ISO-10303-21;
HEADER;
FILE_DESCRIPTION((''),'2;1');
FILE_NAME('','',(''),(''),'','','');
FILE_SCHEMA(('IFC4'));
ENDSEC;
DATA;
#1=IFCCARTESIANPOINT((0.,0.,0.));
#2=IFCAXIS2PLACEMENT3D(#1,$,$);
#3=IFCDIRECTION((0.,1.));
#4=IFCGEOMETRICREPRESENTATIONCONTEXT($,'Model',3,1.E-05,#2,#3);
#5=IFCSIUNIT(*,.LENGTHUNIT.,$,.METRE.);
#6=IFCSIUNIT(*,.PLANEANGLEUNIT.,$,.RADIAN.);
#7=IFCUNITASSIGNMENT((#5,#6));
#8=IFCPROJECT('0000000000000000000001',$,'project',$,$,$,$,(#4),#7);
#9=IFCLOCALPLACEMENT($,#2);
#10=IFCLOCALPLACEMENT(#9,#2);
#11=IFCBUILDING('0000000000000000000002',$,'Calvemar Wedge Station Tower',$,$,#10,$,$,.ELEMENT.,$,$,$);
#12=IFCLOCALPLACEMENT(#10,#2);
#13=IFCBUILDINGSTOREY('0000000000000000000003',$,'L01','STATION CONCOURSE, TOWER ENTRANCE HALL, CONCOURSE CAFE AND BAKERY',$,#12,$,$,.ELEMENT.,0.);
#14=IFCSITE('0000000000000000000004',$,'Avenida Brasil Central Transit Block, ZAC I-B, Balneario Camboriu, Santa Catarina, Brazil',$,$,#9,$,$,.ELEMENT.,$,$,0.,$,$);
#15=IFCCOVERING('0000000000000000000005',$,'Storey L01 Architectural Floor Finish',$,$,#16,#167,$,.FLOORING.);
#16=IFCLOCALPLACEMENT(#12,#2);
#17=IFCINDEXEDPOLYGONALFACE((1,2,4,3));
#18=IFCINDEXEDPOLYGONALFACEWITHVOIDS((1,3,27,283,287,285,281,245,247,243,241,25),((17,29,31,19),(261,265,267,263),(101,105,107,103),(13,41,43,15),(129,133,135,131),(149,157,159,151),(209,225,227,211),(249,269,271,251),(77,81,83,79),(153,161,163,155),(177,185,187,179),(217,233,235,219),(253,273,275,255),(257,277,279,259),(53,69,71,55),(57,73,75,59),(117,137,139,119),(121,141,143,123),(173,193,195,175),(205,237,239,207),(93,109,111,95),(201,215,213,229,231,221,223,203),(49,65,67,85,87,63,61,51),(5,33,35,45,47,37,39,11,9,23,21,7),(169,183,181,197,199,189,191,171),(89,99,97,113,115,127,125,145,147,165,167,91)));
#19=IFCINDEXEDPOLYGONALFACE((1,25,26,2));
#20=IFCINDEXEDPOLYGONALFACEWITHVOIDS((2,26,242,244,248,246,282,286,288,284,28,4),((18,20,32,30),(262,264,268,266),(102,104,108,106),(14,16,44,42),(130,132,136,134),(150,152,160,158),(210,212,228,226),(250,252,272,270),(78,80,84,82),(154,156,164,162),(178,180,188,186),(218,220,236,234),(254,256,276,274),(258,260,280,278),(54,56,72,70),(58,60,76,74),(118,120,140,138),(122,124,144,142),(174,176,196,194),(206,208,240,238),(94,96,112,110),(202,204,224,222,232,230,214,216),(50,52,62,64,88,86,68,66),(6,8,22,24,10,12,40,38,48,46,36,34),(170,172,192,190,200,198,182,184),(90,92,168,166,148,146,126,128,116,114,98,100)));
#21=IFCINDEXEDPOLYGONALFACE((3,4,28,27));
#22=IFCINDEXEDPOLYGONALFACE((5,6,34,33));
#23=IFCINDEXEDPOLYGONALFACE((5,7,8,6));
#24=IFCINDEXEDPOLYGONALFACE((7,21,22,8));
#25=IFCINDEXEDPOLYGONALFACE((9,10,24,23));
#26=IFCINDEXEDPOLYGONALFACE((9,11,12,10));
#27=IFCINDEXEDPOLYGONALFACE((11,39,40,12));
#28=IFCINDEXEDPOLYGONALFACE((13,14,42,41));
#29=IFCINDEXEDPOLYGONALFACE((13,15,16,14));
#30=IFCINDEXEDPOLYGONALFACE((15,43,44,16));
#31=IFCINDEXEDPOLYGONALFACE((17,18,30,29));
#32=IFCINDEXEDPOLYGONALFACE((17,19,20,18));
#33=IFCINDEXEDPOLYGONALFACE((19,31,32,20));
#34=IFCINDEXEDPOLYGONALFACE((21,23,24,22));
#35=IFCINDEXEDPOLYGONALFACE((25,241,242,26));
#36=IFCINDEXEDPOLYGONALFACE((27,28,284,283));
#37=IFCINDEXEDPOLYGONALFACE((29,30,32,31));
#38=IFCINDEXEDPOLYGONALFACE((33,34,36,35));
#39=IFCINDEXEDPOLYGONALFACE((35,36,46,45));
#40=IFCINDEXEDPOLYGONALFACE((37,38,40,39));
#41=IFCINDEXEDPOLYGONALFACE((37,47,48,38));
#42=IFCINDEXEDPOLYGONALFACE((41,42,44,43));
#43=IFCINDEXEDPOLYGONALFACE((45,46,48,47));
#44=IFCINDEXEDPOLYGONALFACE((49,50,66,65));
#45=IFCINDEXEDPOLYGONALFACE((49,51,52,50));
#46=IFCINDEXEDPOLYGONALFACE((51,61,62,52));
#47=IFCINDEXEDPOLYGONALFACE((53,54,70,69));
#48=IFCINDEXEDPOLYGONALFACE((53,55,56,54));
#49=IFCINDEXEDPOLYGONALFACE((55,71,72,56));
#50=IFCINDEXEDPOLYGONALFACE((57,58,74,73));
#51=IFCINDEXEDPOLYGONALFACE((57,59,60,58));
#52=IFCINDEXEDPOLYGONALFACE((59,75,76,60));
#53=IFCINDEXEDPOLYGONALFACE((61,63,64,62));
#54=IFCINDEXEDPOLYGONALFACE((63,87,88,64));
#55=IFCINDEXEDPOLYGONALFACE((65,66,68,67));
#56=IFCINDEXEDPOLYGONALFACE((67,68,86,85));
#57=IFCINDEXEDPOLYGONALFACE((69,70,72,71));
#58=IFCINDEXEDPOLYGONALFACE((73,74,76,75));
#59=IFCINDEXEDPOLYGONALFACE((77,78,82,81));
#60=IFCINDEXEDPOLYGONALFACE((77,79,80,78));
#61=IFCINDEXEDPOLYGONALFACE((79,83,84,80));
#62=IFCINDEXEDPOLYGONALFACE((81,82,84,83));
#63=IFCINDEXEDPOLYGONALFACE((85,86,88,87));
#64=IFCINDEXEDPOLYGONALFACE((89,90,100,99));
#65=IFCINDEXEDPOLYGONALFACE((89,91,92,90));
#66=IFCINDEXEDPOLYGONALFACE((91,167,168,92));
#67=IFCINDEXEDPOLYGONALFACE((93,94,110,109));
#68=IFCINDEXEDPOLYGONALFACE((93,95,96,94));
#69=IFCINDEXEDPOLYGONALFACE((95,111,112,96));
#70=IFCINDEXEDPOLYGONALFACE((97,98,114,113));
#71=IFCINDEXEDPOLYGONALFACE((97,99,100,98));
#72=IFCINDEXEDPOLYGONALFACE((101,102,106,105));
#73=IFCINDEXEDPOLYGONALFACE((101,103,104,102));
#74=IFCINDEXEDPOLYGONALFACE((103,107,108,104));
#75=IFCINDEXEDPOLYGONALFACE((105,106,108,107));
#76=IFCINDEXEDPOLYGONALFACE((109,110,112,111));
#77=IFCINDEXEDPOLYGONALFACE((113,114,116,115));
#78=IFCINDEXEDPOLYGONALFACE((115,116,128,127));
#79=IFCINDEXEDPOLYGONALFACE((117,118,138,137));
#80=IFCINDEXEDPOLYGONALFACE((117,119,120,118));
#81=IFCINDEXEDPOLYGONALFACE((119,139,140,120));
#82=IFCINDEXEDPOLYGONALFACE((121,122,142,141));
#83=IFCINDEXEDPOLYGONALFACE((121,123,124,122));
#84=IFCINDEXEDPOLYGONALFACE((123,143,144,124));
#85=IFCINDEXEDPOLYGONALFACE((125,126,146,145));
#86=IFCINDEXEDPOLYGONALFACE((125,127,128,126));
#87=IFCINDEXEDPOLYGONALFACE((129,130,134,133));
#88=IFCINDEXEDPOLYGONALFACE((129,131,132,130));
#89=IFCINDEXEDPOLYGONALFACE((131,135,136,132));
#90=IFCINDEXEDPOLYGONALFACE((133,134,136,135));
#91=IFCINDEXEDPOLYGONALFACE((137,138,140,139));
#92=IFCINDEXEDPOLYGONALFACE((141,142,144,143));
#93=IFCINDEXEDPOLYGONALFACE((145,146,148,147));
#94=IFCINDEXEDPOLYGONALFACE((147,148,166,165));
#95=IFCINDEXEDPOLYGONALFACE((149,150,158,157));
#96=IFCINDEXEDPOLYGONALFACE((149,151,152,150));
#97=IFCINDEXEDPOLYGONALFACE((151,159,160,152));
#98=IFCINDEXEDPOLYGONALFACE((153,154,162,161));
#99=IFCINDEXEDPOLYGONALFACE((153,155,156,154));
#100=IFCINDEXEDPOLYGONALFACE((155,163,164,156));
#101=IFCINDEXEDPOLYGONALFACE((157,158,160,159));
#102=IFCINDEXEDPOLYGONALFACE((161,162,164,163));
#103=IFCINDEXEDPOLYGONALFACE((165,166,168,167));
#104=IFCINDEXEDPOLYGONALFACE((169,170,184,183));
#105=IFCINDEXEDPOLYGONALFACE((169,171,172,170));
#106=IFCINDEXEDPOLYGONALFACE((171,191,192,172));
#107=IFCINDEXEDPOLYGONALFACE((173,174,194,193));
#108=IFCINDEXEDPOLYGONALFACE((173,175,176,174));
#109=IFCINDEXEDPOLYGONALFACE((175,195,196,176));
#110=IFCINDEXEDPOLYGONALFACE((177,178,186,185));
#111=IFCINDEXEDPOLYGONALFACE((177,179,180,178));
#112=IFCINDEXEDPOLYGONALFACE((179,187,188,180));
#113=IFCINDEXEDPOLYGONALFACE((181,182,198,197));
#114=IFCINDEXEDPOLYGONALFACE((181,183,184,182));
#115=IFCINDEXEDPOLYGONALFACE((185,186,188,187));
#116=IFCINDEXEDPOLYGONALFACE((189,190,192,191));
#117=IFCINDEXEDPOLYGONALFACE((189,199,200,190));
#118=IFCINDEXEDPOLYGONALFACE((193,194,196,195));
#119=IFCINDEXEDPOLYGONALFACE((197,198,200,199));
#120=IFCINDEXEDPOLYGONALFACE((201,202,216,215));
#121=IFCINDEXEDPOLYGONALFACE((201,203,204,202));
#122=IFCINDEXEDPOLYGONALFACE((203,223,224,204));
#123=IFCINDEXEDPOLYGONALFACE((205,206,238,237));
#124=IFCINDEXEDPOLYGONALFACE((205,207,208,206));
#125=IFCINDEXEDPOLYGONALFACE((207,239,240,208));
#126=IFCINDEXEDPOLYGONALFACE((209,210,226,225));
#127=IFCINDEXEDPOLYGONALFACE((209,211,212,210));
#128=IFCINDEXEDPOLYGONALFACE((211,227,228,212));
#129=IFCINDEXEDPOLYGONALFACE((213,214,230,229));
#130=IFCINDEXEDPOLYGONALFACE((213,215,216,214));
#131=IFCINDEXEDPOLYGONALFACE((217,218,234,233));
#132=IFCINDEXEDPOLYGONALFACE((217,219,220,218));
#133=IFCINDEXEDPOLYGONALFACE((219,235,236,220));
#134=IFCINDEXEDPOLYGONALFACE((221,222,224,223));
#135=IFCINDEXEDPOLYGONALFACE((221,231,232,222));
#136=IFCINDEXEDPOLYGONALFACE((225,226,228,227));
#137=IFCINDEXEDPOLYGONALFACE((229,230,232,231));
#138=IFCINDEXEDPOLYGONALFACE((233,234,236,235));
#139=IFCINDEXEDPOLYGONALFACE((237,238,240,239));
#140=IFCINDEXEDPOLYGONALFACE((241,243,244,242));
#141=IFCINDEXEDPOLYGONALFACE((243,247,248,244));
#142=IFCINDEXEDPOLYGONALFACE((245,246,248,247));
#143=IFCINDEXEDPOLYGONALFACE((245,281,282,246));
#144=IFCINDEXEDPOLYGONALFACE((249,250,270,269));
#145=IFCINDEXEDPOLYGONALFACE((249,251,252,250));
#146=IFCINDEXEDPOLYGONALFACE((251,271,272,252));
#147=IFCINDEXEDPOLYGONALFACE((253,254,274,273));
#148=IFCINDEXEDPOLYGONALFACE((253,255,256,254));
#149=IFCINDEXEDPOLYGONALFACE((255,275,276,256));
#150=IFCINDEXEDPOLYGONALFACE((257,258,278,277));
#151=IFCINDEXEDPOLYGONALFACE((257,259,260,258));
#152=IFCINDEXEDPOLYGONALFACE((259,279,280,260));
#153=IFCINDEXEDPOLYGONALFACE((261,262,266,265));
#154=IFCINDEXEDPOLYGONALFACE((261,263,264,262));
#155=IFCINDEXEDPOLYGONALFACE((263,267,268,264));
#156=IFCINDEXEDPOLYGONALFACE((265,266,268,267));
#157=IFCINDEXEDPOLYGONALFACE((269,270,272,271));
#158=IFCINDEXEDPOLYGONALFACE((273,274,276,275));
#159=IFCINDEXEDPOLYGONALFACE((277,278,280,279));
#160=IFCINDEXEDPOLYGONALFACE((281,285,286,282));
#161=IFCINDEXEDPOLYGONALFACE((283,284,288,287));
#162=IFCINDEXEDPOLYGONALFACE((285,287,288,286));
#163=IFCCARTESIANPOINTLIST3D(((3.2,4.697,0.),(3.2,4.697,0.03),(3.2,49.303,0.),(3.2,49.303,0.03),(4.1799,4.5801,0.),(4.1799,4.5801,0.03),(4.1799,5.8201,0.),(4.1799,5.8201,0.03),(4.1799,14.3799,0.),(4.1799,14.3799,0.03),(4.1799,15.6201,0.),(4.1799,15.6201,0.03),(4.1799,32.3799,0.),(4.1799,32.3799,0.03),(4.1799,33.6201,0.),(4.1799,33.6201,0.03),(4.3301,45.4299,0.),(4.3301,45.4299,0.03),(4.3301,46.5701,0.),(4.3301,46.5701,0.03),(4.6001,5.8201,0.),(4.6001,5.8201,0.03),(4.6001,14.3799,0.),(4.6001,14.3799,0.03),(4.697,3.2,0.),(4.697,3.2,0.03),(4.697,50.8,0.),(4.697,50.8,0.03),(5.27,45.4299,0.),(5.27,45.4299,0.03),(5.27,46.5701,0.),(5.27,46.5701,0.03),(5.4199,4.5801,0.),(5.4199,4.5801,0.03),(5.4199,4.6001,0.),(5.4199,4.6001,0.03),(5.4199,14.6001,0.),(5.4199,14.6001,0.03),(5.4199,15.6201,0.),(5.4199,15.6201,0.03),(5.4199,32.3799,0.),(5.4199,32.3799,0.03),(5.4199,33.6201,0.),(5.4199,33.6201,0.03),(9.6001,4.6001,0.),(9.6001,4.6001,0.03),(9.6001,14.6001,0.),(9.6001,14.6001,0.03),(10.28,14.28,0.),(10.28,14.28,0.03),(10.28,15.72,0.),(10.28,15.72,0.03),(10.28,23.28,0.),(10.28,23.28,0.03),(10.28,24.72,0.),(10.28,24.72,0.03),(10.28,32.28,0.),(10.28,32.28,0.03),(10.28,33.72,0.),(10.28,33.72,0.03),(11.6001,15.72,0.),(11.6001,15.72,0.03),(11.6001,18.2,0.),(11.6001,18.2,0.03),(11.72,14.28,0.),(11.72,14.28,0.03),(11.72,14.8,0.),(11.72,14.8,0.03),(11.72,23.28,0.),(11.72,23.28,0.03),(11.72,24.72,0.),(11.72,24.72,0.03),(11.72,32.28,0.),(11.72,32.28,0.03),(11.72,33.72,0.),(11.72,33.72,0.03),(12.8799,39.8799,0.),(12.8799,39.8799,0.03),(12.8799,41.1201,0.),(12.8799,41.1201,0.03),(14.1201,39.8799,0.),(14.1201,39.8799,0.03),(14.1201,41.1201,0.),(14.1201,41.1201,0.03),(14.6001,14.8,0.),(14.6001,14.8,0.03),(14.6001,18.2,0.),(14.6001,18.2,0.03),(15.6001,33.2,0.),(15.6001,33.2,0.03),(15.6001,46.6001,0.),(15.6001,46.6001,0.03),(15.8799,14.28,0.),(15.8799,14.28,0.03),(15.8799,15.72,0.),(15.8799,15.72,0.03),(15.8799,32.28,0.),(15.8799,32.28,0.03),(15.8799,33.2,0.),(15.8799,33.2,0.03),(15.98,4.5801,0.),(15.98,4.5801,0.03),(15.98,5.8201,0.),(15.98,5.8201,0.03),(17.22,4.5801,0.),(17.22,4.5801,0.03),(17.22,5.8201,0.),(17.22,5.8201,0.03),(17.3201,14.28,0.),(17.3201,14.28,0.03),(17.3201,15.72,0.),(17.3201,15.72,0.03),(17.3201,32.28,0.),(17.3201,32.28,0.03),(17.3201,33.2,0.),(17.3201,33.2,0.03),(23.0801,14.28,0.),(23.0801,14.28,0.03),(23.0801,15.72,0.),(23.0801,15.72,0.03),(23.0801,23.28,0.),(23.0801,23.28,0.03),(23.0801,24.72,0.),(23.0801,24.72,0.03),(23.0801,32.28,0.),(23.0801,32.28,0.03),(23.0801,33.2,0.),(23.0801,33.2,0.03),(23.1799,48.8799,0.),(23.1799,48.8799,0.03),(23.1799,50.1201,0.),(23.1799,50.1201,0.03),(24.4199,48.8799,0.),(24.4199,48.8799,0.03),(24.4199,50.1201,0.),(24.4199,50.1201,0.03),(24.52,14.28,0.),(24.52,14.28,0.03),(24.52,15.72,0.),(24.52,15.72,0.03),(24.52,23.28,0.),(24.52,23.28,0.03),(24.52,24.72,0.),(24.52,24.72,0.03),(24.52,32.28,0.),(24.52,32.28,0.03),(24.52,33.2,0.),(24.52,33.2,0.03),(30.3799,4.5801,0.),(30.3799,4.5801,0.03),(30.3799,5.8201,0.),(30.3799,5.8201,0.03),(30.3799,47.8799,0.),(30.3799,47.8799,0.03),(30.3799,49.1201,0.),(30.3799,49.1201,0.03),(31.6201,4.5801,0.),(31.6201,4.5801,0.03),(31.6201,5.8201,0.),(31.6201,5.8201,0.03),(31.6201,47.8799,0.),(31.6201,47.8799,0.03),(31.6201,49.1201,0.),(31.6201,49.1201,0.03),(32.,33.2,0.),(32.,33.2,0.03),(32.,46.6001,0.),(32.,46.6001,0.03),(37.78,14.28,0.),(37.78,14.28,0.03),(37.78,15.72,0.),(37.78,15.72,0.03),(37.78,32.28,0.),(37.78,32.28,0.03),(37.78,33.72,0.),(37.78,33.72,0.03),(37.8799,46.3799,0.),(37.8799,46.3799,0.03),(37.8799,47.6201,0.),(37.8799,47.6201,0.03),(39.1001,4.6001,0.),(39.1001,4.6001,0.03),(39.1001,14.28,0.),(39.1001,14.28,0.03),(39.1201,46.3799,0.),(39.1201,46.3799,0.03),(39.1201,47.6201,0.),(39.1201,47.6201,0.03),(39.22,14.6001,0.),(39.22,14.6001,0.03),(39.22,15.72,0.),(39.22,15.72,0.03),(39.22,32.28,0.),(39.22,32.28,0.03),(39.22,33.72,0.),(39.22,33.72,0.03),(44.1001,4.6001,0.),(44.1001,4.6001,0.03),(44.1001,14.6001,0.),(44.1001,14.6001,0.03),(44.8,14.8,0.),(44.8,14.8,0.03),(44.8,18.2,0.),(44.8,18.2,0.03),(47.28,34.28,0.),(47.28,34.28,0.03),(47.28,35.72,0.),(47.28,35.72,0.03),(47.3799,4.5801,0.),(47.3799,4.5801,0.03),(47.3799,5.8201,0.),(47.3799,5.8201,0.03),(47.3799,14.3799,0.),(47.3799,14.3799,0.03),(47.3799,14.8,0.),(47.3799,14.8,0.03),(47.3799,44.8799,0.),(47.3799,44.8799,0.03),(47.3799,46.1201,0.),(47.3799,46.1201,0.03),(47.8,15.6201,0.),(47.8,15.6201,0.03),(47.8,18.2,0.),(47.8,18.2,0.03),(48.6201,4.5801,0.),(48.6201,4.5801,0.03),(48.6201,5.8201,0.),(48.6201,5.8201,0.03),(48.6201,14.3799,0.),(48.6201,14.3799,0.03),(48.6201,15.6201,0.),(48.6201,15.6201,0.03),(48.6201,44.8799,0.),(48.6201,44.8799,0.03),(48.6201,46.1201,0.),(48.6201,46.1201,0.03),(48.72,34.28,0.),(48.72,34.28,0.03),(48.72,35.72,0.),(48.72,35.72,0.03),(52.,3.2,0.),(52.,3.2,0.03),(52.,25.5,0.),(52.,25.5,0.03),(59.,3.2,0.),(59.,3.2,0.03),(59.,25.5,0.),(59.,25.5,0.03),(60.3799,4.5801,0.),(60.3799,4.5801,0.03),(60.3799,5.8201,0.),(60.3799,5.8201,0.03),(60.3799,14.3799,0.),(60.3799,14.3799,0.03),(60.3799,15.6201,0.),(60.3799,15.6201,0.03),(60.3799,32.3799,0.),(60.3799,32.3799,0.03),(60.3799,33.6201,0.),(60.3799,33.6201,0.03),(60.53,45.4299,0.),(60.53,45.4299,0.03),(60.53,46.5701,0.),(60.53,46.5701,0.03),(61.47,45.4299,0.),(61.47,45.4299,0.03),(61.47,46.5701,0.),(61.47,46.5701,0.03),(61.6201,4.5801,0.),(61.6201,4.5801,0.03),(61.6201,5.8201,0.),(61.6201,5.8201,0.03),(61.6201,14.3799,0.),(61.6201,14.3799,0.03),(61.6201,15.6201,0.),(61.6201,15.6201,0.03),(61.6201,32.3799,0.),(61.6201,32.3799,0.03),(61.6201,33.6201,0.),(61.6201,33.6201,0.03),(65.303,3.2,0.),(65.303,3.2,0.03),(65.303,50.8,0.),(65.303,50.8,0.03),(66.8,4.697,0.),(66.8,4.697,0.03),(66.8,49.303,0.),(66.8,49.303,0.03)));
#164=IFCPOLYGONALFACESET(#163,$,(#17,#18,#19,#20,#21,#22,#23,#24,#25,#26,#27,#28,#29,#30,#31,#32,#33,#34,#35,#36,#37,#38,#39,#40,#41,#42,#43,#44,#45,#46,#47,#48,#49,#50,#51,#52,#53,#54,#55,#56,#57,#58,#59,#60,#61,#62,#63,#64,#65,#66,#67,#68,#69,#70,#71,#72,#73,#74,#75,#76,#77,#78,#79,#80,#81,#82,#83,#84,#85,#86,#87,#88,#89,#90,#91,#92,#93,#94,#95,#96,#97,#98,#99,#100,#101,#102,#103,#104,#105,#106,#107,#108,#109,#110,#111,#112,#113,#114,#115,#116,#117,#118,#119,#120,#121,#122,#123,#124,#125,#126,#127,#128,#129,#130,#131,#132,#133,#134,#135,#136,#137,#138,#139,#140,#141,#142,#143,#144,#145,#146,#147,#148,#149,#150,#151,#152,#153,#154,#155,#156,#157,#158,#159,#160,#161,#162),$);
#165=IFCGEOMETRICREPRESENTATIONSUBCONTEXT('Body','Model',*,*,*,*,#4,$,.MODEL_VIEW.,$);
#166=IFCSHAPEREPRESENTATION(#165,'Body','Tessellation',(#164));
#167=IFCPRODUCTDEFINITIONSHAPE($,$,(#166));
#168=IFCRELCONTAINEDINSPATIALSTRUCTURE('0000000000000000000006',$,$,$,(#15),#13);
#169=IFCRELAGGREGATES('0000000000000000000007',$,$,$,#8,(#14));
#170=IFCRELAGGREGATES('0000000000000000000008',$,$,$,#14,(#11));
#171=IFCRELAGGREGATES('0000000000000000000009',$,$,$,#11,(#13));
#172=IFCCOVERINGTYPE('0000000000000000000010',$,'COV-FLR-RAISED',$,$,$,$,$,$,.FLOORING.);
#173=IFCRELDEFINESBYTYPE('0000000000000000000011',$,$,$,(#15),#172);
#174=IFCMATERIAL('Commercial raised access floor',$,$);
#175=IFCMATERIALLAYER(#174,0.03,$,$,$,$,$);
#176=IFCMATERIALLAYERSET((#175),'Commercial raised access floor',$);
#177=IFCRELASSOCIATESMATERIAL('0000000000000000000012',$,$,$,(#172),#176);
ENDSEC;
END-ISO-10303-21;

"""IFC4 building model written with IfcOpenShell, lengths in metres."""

from ifc_helpers import new_model, si_unit, direction, origin, place, context, subcontext, project, spatial, polyline, outline, extrude, material, layer, layer_set, type_object, element, save


model = new_model("IFC4")

# Units and contexts
model_context = context("Model", 3, precision=1e-05, world=origin(), true_north=direction((0.0, 1.0)))
body_context = subcontext(model_context, "Body", "Model", "MODEL_VIEW")
ifc_project = project(units=[si_unit("LENGTHUNIT", "METRE"), si_unit("PLANEANGLEUNIT", "RADIAN")], contexts=[model_context])

# Site, building, storey
site_placement = place(None, origin())
site = spatial("IfcSite", under=ifc_project, at=site_placement, Name="Avenida Brasil Central Transit Block, ZAC I-B, Balneario Camboriu, Santa Catarina, Brazil", CompositionType="ELEMENT", RefElevation=0.0)
building_placement = place(site_placement, origin())
building = spatial("IfcBuilding", under=site, at=building_placement, Name="Calvemar Wedge Station Tower", CompositionType="ELEMENT")
storey_placement = place(building_placement, origin())
storey = spatial("IfcBuildingStorey", under=building, at=storey_placement, Name="L01", Description="STATION CONCOURSE, TOWER ENTRANCE HALL, CONCOURSE CAFE AND BAKERY", CompositionType="ELEMENT", Elevation=0.0)

# Covering
ifc_material_1 = material(Name="Commercial raised access floor")
ifc_layer_1 = layer(ifc_material_1, 0.03)
ifc_layer_set_1 = layer_set([ifc_layer_1], Name="Commercial raised access floor")
covering_type_1 = type_object("IfcCoveringType", Name="COV-FLR-RAISED", PredefinedType="FLOORING", material=ifc_layer_set_1)
covering_1_placement = place(storey_placement, origin())
element("IfcCovering", 1, at=covering_1_placement, inside=storey, type_object=covering_type_1, Name="Storey L01 Architectural Floor Finish", PredefinedType="FLOORING", context=body_context, shape_type="SweptSolid", body=[
    extrude(outline(polyline([(65.303, 50.8), (4.697, 50.8), (3.2, 49.303), (3.2, 4.697), (4.697, 3.2), (52.0, 3.2), (52.0, 25.5), (59.0, 25.5), (59.0, 3.2), (65.303, 3.2), (66.8, 4.697), (66.8, 49.303), (65.303, 50.8)]), holes=[polyline([(15.6001, 46.6001), (32.0, 46.6001), (32.0, 33.2), (24.52, 33.2), (24.52, 32.28), (23.0801, 32.28), (23.0801, 33.2), (17.3201, 33.2), (17.3201, 32.28), (15.8799, 32.28), (15.8799, 33.2), (15.6001, 33.2), (15.6001, 46.6001)]), polyline([(4.6001, 14.3799), (4.1799, 14.3799), (4.1799, 15.6201), (5.4199, 15.6201), (5.4199, 14.6001), (9.6001, 14.6001), (9.6001, 4.6001), (5.4199, 4.6001), (5.4199, 4.5801), (4.1799, 4.5801), (4.1799, 5.8201), (4.6001, 5.8201), (4.6001, 14.3799)]), polyline([(39.22, 14.6001), (44.1001, 14.6001), (44.1001, 4.6001), (39.1001, 4.6001), (39.1001, 14.28), (37.78, 14.28), (37.78, 15.72), (39.22, 15.72), (39.22, 14.6001)]), polyline([(11.72, 14.28), (10.28, 14.28), (10.28, 15.72), (11.6001, 15.72), (11.6001, 18.2), (14.6001, 18.2), (14.6001, 14.8), (11.72, 14.8), (11.72, 14.28)]), polyline([(44.8, 14.8), (44.8, 18.2), (47.8, 18.2), (47.8, 15.6201), (48.6201, 15.6201), (48.6201, 14.3799), (47.3799, 14.3799), (47.3799, 14.8), (44.8, 14.8)]), polyline([(15.98, 5.8201), (17.22, 5.8201), (17.22, 4.5801), (15.98, 4.5801), (15.98, 5.8201)]), polyline([(31.6201, 5.8201), (31.6201, 4.5801), (30.3799, 4.5801), (30.3799, 5.8201), (31.6201, 5.8201)]), polyline([(48.6201, 4.5801), (47.3799, 4.5801), (47.3799, 5.8201), (48.6201, 5.8201), (48.6201, 4.5801)]), polyline([(60.3799, 4.5801), (60.3799, 5.8201), (61.6201, 5.8201), (61.6201, 4.5801), (60.3799, 4.5801)]), polyline([(17.3201, 14.28), (15.8799, 14.28), (15.8799, 15.72), (17.3201, 15.72), (17.3201, 14.28)]), polyline([(23.0801, 14.28), (23.0801, 15.72), (24.52, 15.72), (24.52, 14.28), (23.0801, 14.28)]), polyline([(61.6201, 14.3799), (60.3799, 14.3799), (60.3799, 15.6201), (61.6201, 15.6201), (61.6201, 14.3799)]), polyline([(10.28, 23.28), (10.28, 24.72), (11.72, 24.72), (11.72, 23.28), (10.28, 23.28)]), polyline([(23.0801, 24.72), (24.52, 24.72), (24.52, 23.28), (23.0801, 23.28), (23.0801, 24.72)]), polyline([(5.4199, 33.6201), (5.4199, 32.3799), (4.1799, 32.3799), (4.1799, 33.6201), (5.4199, 33.6201)]), polyline([(11.72, 32.28), (10.28, 32.28), (10.28, 33.72), (11.72, 33.72), (11.72, 32.28)]), polyline([(39.22, 33.72), (39.22, 32.28), (37.78, 32.28), (37.78, 33.72), (39.22, 33.72)]), polyline([(48.72, 34.28), (47.28, 34.28), (47.28, 35.72), (48.72, 35.72), (48.72, 34.28)]), polyline([(60.3799, 32.3799), (60.3799, 33.6201), (61.6201, 33.6201), (61.6201, 32.3799), (60.3799, 32.3799)]), polyline([(4.3301, 46.5701), (5.27, 46.5701), (5.27, 45.4299), (4.3301, 45.4299), (4.3301, 46.5701)]), polyline([(14.1201, 41.1201), (14.1201, 39.8799), (12.8799, 39.8799), (12.8799, 41.1201), (14.1201, 41.1201)]), polyline([(24.4199, 48.8799), (23.1799, 48.8799), (23.1799, 50.1201), (24.4199, 50.1201), (24.4199, 48.8799)]), polyline([(30.3799, 47.8799), (30.3799, 49.1201), (31.6201, 49.1201), (31.6201, 47.8799), (30.3799, 47.8799)]), polyline([(37.8799, 47.6201), (39.1201, 47.6201), (39.1201, 46.3799), (37.8799, 46.3799), (37.8799, 47.6201)]), polyline([(48.6201, 46.1201), (48.6201, 44.8799), (47.3799, 44.8799), (47.3799, 46.1201), (48.6201, 46.1201)]), polyline([(61.47, 45.4299), (60.53, 45.4299), (60.53, 46.5701), (61.47, 46.5701), (61.47, 45.4299)])]), origin(), (0.0, 0.0, 1.0), 0.03),
])

save(model, "model.ifc")
